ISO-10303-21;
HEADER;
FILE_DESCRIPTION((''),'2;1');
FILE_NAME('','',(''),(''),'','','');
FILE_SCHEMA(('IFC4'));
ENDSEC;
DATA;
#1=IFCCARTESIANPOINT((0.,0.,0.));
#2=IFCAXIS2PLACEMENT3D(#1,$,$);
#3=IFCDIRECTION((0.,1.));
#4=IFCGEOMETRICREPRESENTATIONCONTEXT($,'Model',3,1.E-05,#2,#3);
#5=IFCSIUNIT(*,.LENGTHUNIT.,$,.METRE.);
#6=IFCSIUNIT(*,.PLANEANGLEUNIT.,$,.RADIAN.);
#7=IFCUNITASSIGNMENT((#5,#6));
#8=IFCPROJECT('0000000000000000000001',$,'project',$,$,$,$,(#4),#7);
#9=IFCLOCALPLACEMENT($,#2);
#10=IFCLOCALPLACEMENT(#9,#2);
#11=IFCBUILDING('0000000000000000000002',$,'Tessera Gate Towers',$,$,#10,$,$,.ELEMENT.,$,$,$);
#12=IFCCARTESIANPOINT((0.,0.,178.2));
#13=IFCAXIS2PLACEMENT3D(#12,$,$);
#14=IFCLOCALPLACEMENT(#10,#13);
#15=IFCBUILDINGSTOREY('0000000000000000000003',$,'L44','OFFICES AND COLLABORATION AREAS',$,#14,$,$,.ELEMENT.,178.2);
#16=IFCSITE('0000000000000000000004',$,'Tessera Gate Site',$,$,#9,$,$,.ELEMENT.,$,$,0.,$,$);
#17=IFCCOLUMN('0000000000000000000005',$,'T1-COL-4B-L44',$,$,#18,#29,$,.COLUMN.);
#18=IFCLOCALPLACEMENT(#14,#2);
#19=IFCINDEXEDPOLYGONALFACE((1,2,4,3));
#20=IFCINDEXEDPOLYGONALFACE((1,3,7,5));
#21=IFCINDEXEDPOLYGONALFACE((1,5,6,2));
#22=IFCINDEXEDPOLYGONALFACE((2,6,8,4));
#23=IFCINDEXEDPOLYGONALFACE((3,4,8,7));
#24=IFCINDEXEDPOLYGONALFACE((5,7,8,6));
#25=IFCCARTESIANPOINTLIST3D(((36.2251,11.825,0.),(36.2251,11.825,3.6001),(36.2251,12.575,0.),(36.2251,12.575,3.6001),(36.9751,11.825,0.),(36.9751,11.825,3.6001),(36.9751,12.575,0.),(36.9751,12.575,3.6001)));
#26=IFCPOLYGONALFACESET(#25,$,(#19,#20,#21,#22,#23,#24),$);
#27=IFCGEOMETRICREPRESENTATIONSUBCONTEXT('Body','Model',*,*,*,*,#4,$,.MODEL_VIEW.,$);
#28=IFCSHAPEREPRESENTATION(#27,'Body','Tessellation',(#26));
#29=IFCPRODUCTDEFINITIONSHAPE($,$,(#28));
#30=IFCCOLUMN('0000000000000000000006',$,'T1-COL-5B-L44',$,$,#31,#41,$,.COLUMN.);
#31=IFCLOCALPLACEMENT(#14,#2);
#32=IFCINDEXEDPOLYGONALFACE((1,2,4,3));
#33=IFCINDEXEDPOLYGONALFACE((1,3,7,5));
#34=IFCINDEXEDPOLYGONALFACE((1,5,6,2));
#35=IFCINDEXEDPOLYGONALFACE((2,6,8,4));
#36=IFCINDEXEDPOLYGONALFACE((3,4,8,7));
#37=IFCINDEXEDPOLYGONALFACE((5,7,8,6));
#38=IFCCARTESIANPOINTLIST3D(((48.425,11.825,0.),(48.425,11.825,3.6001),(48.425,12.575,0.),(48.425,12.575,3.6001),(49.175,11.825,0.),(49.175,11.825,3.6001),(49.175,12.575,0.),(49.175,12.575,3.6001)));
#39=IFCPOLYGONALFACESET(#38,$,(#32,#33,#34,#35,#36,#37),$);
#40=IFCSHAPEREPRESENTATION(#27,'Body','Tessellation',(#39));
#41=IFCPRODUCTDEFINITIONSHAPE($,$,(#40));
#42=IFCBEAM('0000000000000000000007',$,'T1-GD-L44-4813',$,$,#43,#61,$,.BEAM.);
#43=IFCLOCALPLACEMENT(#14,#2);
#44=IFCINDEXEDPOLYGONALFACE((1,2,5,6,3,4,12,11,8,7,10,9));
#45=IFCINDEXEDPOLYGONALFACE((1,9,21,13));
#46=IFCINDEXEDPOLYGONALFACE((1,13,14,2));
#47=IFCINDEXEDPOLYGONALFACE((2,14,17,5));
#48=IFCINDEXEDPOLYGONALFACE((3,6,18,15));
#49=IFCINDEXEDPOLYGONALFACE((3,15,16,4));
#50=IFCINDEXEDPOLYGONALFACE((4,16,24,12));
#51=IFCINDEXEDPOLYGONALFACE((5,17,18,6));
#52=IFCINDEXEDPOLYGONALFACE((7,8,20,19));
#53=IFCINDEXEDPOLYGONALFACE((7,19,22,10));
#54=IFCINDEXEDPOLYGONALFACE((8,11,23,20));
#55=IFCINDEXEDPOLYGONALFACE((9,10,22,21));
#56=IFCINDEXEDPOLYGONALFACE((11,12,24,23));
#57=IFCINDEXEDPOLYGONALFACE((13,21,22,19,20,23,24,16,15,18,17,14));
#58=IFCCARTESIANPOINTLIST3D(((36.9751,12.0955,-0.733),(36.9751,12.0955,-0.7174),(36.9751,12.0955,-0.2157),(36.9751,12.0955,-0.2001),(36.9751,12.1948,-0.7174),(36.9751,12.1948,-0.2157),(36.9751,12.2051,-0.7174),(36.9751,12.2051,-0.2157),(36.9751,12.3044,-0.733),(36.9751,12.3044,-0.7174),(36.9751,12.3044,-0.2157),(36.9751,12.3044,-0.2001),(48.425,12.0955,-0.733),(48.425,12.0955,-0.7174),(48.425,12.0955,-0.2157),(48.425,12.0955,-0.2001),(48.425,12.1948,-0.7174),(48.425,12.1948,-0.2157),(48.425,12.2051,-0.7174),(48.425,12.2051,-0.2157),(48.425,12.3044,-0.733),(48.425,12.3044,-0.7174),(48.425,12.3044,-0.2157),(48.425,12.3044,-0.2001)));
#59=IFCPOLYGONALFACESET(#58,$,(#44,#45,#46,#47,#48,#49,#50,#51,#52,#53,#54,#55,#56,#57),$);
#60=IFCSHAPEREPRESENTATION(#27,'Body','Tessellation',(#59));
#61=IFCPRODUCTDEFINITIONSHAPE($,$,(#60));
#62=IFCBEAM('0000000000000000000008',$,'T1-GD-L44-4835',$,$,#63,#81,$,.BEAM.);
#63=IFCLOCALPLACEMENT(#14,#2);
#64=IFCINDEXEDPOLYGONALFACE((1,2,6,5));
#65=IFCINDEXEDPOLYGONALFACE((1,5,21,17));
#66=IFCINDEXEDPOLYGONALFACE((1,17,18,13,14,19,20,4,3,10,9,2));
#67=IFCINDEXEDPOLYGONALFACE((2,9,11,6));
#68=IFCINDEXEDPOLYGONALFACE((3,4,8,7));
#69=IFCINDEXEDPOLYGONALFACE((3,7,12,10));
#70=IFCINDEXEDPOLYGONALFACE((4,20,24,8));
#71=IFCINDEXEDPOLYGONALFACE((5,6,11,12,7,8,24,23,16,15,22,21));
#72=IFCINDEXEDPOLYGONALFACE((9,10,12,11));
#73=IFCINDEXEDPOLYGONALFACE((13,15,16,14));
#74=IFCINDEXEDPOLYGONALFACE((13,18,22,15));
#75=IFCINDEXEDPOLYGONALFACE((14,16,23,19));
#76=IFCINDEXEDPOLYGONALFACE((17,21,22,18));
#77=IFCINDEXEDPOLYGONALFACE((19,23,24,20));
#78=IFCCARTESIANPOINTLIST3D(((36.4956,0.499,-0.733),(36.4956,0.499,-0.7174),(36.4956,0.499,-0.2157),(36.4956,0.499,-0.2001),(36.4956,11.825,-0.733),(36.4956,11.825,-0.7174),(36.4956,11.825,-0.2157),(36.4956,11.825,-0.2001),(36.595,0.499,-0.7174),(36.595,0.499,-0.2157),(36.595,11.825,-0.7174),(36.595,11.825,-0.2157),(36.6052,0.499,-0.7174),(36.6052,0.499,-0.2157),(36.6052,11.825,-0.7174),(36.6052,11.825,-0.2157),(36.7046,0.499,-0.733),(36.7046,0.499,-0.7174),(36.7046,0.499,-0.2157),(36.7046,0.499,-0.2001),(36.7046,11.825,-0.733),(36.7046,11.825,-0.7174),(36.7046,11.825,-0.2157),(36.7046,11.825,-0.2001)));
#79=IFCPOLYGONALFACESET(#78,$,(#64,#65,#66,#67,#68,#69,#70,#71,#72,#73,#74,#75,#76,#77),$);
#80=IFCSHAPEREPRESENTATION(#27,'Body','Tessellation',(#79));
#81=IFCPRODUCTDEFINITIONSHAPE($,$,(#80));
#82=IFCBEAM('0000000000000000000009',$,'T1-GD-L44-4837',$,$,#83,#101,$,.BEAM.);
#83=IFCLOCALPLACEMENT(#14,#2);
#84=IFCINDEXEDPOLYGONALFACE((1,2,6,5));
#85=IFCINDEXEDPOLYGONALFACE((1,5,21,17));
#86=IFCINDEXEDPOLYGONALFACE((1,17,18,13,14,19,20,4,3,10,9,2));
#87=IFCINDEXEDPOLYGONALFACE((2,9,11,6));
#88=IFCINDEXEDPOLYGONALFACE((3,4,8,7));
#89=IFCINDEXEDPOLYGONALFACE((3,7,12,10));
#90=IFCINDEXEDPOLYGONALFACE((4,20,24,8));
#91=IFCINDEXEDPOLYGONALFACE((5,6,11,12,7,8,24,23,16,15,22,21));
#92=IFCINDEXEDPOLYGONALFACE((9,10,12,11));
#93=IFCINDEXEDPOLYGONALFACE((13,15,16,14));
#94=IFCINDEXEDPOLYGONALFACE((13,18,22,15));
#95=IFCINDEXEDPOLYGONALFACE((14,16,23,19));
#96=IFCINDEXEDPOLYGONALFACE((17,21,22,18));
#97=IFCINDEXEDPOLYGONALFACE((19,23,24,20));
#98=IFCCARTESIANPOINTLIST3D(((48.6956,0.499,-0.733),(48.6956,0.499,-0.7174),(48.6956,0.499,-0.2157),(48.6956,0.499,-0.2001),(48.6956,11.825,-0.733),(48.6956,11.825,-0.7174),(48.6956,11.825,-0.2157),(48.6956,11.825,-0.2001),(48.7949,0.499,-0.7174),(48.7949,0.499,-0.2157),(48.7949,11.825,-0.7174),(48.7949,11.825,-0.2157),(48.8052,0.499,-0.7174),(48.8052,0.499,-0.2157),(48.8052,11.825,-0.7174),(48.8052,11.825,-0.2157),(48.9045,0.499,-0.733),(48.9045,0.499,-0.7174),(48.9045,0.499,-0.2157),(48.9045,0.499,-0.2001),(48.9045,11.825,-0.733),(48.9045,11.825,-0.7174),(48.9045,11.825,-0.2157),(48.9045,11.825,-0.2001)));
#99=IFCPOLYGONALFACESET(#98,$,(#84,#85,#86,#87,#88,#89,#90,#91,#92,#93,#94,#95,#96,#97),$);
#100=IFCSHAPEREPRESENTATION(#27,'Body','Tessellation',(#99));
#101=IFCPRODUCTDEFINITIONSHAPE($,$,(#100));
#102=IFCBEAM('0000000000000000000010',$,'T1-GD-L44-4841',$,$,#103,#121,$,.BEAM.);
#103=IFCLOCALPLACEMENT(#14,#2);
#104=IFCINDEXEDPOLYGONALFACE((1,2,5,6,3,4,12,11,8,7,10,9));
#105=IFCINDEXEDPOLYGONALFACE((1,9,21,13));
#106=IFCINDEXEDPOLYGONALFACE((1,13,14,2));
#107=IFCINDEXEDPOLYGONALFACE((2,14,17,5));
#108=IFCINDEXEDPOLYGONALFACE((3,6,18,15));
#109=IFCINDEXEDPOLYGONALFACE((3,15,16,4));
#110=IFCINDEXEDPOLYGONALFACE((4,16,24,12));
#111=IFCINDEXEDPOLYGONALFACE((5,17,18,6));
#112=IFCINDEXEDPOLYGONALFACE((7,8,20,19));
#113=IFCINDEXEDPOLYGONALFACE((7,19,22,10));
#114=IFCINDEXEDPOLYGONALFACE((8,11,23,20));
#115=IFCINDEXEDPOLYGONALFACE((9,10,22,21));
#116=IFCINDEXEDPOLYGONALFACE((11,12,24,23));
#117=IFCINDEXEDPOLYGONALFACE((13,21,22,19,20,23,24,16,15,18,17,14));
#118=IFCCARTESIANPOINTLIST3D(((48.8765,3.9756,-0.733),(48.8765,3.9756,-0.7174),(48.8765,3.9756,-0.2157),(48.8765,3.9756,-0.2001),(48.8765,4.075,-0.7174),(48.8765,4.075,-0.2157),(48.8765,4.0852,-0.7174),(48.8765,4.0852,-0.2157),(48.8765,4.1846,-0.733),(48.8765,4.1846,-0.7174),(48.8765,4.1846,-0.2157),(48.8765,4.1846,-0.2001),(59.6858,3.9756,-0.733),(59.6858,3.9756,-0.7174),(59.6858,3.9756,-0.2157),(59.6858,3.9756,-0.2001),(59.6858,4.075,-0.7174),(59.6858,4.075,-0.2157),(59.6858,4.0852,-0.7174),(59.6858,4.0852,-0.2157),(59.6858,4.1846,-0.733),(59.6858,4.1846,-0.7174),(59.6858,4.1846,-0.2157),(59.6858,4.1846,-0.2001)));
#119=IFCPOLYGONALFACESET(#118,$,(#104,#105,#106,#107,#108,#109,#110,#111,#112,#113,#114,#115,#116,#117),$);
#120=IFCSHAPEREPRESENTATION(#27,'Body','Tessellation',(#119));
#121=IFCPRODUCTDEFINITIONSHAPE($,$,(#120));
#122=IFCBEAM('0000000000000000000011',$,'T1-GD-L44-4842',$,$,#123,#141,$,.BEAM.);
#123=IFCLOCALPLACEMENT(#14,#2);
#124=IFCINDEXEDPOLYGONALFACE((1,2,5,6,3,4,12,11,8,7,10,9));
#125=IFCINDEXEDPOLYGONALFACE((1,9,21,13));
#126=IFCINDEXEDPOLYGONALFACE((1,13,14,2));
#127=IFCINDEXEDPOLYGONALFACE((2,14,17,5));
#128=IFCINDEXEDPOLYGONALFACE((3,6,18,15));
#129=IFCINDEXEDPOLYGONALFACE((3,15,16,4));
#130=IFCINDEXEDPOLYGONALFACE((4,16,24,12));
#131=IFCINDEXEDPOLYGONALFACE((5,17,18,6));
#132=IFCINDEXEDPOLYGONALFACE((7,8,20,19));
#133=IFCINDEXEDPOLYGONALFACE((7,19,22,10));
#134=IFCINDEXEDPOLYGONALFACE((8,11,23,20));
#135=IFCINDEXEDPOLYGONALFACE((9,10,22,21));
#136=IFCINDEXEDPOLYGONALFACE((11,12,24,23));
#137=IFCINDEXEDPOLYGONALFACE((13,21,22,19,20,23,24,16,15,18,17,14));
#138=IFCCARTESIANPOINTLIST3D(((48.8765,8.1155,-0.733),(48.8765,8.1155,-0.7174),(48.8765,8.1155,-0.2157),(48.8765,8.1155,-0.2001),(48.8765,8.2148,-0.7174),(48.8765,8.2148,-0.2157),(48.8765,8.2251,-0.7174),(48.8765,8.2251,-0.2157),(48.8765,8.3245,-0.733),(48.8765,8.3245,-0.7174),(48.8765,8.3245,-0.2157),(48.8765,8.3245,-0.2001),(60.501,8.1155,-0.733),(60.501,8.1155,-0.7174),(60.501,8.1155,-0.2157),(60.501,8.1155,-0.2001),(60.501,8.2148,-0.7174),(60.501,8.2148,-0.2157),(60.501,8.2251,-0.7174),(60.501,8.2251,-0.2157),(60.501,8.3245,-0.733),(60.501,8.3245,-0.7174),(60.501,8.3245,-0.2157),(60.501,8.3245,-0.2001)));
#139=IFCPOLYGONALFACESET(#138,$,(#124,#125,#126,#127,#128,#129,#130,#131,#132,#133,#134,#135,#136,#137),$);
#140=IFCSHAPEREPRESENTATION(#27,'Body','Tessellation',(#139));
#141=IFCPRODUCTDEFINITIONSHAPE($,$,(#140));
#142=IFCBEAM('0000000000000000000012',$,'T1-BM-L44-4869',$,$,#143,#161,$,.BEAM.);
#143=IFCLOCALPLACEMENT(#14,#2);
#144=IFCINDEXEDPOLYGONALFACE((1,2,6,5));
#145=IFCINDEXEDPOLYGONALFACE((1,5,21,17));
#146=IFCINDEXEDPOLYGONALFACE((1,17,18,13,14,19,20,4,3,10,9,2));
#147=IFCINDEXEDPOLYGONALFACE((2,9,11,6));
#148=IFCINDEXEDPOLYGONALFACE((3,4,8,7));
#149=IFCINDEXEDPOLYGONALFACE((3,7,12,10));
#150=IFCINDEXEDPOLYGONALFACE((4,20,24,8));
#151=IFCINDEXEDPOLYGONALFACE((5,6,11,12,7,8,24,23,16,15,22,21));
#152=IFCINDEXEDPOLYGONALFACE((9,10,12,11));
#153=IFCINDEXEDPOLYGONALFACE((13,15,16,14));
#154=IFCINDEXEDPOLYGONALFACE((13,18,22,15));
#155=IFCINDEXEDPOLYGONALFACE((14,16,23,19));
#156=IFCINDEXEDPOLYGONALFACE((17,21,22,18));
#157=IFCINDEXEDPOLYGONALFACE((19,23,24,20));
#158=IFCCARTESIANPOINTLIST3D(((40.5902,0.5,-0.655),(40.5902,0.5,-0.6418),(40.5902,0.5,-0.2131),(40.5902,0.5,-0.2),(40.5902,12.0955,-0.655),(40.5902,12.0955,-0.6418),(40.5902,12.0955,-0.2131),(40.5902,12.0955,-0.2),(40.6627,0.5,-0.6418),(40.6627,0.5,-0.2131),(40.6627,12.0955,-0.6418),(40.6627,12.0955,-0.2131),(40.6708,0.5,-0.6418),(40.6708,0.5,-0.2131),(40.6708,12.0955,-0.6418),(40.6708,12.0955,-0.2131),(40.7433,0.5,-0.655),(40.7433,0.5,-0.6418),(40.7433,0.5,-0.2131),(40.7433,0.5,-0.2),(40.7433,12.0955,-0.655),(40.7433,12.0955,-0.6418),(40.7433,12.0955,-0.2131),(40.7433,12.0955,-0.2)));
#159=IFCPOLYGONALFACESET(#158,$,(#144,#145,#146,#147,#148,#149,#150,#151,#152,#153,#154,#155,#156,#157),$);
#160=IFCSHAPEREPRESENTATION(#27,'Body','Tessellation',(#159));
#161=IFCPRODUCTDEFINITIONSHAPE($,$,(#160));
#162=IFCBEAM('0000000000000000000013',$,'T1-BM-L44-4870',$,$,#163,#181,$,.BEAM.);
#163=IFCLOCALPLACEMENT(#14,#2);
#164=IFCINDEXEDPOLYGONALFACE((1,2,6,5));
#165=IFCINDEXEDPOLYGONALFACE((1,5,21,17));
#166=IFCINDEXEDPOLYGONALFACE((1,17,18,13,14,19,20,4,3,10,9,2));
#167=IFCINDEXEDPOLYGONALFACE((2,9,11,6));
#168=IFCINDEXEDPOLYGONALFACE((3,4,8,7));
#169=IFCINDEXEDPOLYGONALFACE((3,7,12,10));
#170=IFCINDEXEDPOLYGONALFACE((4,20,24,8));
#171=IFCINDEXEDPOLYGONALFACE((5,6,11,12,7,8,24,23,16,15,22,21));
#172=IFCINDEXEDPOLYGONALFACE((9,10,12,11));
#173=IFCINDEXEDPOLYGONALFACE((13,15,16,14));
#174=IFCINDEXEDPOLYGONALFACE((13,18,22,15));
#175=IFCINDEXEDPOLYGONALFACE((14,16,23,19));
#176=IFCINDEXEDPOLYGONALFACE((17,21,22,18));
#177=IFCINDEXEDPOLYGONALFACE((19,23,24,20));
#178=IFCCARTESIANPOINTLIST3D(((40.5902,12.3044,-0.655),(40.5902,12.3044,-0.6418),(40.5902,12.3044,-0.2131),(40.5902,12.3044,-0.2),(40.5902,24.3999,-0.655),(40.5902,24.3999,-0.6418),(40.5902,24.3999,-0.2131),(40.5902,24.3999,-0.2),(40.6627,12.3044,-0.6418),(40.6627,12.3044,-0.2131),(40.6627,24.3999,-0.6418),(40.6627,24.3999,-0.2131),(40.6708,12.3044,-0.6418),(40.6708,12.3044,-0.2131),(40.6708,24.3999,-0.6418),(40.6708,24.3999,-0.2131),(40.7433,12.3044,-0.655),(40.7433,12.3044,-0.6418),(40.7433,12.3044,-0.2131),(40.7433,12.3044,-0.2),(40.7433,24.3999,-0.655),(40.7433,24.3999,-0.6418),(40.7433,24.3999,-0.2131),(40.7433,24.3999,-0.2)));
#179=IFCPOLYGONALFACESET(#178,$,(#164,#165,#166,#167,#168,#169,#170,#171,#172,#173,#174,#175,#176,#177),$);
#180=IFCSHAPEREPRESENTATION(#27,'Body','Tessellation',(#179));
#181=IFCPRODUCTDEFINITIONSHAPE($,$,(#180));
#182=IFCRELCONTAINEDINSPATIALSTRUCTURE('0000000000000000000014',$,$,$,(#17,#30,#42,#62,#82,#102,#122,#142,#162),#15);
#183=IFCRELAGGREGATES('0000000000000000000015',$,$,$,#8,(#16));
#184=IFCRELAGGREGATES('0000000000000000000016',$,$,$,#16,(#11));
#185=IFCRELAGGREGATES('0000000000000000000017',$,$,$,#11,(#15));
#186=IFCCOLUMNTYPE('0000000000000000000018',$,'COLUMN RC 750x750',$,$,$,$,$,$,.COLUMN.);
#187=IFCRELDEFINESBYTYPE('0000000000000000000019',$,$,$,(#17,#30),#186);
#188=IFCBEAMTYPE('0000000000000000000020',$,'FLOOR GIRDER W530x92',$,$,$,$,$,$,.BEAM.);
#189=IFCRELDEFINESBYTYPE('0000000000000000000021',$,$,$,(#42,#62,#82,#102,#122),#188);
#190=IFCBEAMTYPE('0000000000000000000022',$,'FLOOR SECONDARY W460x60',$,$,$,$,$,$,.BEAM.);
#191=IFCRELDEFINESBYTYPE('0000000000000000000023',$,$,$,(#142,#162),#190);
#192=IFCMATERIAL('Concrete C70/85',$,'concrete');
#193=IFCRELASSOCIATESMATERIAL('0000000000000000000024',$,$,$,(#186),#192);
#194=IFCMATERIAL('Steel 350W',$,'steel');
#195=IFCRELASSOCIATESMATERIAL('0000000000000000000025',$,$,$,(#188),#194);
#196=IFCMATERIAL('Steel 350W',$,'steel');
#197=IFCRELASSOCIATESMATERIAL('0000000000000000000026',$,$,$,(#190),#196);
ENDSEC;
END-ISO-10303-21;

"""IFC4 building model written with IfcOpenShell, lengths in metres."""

from ifc_helpers import new_model, si_unit, direction, frame, origin, origin_2d, place, context, subcontext, project, spatial, rectangle, i_section, extrude, material, material_profile, profile_set, type_object, element, save


model = new_model("IFC4")

# Units and contexts
model_context = context("Model", 3, precision=1e-05, world=origin(), true_north=direction((0.0, 1.0)))
body_context = subcontext(model_context, "Body", "Model", "MODEL_VIEW")
ifc_project = project(units=[si_unit("LENGTHUNIT", "METRE"), si_unit("PLANEANGLEUNIT", "RADIAN")], contexts=[model_context])

# Site, building, storey
site_placement = place(None, origin())
site = spatial("IfcSite", under=ifc_project, at=site_placement, Name="Tessera Gate Site", CompositionType="ELEMENT", RefElevation=0.0)
building_placement = place(site_placement, origin())
building = spatial("IfcBuilding", under=site, at=building_placement, Name="Tessera Gate Towers", CompositionType="ELEMENT")
storey_placement = place(building_placement, frame((0.0, 0.0, 178.2)))
storey = spatial("IfcBuildingStorey", under=building, at=storey_placement, Name="L44", Description="OFFICES AND COLLABORATION AREAS", CompositionType="ELEMENT", Elevation=178.2)

# Columns
ifc_material_1 = material(Name="Concrete C70/85", Category="concrete")
ifc_material_profile_1 = material_profile(ifc_material_1, rectangle(XDim=0.75, YDim=0.75, at=origin_2d()), Name="RC 750x750")
ifc_profile_set_1 = profile_set([ifc_material_profile_1], Name="Concrete C70/85")
column_type = type_object("IfcColumnType", Name="COLUMN RC 750x750", PredefinedType="COLUMN", material=ifc_profile_set_1)
for number, where, z_axis, x_axis, name in (
    (1, (36.6001, 12.2, 0.0), (0.0, 0.0, 1.0), (1.0, 0.0, 0.0), "T1-COL-4B-L44"),
    (2, (48.8, 12.2, 0.0), (0.0, 0.0, 1.0), (1.0, 0.0, 0.0), "T1-COL-5B-L44"),
):
    element("IfcColumn", number, at=place(storey_placement, frame(where, z_axis=z_axis, x_axis=x_axis)), inside=storey, type_object=column_type, Name=name, PredefinedType="COLUMN", context=body_context, shape_type="SweptSolid", body=[
        extrude(rectangle(XDim=0.75, YDim=0.75, at=origin_2d()), origin(), (0.0, 0.0, 1.0), 3.6001),
    ])

# Beams
ifc_material_2 = material(Name="Steel 350W", Category="steel")
ifc_material_profile_2 = material_profile(ifc_material_2, i_section(OverallWidth=0.209, OverallDepth=0.533, WebThickness=0.0103, FlangeThickness=0.0156, at=origin_2d()), Name="W530x92")
ifc_profile_set_2 = profile_set([ifc_material_profile_2], Name="Steel 350W")
beam_type_1 = type_object("IfcBeamType", Name="FLOOR GIRDER W530x92", PredefinedType="BEAM", material=ifc_profile_set_2)
beam_1_placement = place(storey_placement, frame((36.9751, 12.2, -0.4666), z_axis=(1.0, 0.0, 0.0), x_axis=(0.0, 1.0, 0.0)))
element("IfcBeam", 3, at=beam_1_placement, inside=storey, type_object=beam_type_1, Name="T1-GD-L44-4813", PredefinedType="BEAM", context=body_context, shape_type="SweptSolid", body=[
    extrude(i_section(OverallWidth=0.209, OverallDepth=0.533, WebThickness=0.0103, FlangeThickness=0.0156, at=origin_2d()), origin(), (0.0, 0.0, 1.0), 11.45),
])
for number, where, z_axis, x_axis, name in (
    (4, (36.6001, 0.499, -0.4666), (0.0, 1.0, 0.0), (-1.0, 0.0, 0.0), "T1-GD-L44-4835"),
    (5, (48.8, 0.499, -0.4666), (0.0, 1.0, 0.0), (-1.0, 0.0, 0.0), "T1-GD-L44-4837"),
):
    element("IfcBeam", number, at=place(storey_placement, frame(where, z_axis=z_axis, x_axis=x_axis)), inside=storey, type_object=beam_type_1, Name=name, PredefinedType="BEAM", context=body_context, shape_type="SweptSolid", body=[
        extrude(i_section(OverallWidth=0.209, OverallDepth=0.533, WebThickness=0.0103, FlangeThickness=0.0156, at=origin_2d()), origin(), (0.0, 0.0, 1.0), 11.3259),
    ])
beam_2_placement = place(storey_placement, frame((48.8765, 4.0801, -0.4666), z_axis=(1.0, 0.0, 0.0), x_axis=(0.0, 1.0, 0.0)))
element("IfcBeam", 6, at=beam_2_placement, inside=storey, type_object=beam_type_1, Name="T1-GD-L44-4841", PredefinedType="BEAM", context=body_context, shape_type="SweptSolid", body=[
    extrude(i_section(OverallWidth=0.209, OverallDepth=0.533, WebThickness=0.0103, FlangeThickness=0.0156, at=origin_2d()), origin(), (0.0, 0.0, 1.0), 10.8093),
])
beam_3_placement = place(storey_placement, frame((48.8765, 8.22, -0.4666), z_axis=(1.0, 0.0, 0.0), x_axis=(0.0, 1.0, 0.0)))
element("IfcBeam", 7, at=beam_3_placement, inside=storey, type_object=beam_type_1, Name="T1-GD-L44-4842", PredefinedType="BEAM", context=body_context, shape_type="SweptSolid", body=[
    extrude(i_section(OverallWidth=0.209, OverallDepth=0.533, WebThickness=0.0103, FlangeThickness=0.0156, at=origin_2d()), origin(), (0.0, 0.0, 1.0), 11.6245),
])
ifc_material_3 = material(Name="Steel 350W", Category="steel")
ifc_material_profile_3 = material_profile(ifc_material_3, i_section(OverallWidth=0.1531, OverallDepth=0.4551, WebThickness=0.0081, FlangeThickness=0.0132, at=origin_2d()), Name="W460x60")
ifc_profile_set_3 = profile_set([ifc_material_profile_3], Name="Steel 350W")
beam_type_2 = type_object("IfcBeamType", Name="FLOOR SECONDARY W460x60", PredefinedType="BEAM", material=ifc_profile_set_3)
beam_4_placement = place(storey_placement, frame((40.6667, 0.5, -0.4275), z_axis=(0.0, 1.0, 0.0), x_axis=(-1.0, 0.0, 0.0)))
element("IfcBeam", 8, at=beam_4_placement, inside=storey, type_object=beam_type_2, Name="T1-BM-L44-4869", PredefinedType="BEAM", context=body_context, shape_type="SweptSolid", body=[
    extrude(i_section(OverallWidth=0.1531, OverallDepth=0.4551, WebThickness=0.0081, FlangeThickness=0.0132, at=origin_2d()), origin(), (0.0, 0.0, 1.0), 11.5955),
])
beam_5_placement = place(storey_placement, frame((40.6667, 12.3044, -0.4275), z_axis=(0.0, 1.0, 0.0), x_axis=(-1.0, 0.0, 0.0)))
element("IfcBeam", 9, at=beam_5_placement, inside=storey, type_object=beam_type_2, Name="T1-BM-L44-4870", PredefinedType="BEAM", context=body_context, shape_type="SweptSolid", body=[
    extrude(i_section(OverallWidth=0.1531, OverallDepth=0.4551, WebThickness=0.0081, FlangeThickness=0.0132, at=origin_2d()), origin(), (0.0, 0.0, 1.0), 12.0955),
])

save(model, "model.ifc")
